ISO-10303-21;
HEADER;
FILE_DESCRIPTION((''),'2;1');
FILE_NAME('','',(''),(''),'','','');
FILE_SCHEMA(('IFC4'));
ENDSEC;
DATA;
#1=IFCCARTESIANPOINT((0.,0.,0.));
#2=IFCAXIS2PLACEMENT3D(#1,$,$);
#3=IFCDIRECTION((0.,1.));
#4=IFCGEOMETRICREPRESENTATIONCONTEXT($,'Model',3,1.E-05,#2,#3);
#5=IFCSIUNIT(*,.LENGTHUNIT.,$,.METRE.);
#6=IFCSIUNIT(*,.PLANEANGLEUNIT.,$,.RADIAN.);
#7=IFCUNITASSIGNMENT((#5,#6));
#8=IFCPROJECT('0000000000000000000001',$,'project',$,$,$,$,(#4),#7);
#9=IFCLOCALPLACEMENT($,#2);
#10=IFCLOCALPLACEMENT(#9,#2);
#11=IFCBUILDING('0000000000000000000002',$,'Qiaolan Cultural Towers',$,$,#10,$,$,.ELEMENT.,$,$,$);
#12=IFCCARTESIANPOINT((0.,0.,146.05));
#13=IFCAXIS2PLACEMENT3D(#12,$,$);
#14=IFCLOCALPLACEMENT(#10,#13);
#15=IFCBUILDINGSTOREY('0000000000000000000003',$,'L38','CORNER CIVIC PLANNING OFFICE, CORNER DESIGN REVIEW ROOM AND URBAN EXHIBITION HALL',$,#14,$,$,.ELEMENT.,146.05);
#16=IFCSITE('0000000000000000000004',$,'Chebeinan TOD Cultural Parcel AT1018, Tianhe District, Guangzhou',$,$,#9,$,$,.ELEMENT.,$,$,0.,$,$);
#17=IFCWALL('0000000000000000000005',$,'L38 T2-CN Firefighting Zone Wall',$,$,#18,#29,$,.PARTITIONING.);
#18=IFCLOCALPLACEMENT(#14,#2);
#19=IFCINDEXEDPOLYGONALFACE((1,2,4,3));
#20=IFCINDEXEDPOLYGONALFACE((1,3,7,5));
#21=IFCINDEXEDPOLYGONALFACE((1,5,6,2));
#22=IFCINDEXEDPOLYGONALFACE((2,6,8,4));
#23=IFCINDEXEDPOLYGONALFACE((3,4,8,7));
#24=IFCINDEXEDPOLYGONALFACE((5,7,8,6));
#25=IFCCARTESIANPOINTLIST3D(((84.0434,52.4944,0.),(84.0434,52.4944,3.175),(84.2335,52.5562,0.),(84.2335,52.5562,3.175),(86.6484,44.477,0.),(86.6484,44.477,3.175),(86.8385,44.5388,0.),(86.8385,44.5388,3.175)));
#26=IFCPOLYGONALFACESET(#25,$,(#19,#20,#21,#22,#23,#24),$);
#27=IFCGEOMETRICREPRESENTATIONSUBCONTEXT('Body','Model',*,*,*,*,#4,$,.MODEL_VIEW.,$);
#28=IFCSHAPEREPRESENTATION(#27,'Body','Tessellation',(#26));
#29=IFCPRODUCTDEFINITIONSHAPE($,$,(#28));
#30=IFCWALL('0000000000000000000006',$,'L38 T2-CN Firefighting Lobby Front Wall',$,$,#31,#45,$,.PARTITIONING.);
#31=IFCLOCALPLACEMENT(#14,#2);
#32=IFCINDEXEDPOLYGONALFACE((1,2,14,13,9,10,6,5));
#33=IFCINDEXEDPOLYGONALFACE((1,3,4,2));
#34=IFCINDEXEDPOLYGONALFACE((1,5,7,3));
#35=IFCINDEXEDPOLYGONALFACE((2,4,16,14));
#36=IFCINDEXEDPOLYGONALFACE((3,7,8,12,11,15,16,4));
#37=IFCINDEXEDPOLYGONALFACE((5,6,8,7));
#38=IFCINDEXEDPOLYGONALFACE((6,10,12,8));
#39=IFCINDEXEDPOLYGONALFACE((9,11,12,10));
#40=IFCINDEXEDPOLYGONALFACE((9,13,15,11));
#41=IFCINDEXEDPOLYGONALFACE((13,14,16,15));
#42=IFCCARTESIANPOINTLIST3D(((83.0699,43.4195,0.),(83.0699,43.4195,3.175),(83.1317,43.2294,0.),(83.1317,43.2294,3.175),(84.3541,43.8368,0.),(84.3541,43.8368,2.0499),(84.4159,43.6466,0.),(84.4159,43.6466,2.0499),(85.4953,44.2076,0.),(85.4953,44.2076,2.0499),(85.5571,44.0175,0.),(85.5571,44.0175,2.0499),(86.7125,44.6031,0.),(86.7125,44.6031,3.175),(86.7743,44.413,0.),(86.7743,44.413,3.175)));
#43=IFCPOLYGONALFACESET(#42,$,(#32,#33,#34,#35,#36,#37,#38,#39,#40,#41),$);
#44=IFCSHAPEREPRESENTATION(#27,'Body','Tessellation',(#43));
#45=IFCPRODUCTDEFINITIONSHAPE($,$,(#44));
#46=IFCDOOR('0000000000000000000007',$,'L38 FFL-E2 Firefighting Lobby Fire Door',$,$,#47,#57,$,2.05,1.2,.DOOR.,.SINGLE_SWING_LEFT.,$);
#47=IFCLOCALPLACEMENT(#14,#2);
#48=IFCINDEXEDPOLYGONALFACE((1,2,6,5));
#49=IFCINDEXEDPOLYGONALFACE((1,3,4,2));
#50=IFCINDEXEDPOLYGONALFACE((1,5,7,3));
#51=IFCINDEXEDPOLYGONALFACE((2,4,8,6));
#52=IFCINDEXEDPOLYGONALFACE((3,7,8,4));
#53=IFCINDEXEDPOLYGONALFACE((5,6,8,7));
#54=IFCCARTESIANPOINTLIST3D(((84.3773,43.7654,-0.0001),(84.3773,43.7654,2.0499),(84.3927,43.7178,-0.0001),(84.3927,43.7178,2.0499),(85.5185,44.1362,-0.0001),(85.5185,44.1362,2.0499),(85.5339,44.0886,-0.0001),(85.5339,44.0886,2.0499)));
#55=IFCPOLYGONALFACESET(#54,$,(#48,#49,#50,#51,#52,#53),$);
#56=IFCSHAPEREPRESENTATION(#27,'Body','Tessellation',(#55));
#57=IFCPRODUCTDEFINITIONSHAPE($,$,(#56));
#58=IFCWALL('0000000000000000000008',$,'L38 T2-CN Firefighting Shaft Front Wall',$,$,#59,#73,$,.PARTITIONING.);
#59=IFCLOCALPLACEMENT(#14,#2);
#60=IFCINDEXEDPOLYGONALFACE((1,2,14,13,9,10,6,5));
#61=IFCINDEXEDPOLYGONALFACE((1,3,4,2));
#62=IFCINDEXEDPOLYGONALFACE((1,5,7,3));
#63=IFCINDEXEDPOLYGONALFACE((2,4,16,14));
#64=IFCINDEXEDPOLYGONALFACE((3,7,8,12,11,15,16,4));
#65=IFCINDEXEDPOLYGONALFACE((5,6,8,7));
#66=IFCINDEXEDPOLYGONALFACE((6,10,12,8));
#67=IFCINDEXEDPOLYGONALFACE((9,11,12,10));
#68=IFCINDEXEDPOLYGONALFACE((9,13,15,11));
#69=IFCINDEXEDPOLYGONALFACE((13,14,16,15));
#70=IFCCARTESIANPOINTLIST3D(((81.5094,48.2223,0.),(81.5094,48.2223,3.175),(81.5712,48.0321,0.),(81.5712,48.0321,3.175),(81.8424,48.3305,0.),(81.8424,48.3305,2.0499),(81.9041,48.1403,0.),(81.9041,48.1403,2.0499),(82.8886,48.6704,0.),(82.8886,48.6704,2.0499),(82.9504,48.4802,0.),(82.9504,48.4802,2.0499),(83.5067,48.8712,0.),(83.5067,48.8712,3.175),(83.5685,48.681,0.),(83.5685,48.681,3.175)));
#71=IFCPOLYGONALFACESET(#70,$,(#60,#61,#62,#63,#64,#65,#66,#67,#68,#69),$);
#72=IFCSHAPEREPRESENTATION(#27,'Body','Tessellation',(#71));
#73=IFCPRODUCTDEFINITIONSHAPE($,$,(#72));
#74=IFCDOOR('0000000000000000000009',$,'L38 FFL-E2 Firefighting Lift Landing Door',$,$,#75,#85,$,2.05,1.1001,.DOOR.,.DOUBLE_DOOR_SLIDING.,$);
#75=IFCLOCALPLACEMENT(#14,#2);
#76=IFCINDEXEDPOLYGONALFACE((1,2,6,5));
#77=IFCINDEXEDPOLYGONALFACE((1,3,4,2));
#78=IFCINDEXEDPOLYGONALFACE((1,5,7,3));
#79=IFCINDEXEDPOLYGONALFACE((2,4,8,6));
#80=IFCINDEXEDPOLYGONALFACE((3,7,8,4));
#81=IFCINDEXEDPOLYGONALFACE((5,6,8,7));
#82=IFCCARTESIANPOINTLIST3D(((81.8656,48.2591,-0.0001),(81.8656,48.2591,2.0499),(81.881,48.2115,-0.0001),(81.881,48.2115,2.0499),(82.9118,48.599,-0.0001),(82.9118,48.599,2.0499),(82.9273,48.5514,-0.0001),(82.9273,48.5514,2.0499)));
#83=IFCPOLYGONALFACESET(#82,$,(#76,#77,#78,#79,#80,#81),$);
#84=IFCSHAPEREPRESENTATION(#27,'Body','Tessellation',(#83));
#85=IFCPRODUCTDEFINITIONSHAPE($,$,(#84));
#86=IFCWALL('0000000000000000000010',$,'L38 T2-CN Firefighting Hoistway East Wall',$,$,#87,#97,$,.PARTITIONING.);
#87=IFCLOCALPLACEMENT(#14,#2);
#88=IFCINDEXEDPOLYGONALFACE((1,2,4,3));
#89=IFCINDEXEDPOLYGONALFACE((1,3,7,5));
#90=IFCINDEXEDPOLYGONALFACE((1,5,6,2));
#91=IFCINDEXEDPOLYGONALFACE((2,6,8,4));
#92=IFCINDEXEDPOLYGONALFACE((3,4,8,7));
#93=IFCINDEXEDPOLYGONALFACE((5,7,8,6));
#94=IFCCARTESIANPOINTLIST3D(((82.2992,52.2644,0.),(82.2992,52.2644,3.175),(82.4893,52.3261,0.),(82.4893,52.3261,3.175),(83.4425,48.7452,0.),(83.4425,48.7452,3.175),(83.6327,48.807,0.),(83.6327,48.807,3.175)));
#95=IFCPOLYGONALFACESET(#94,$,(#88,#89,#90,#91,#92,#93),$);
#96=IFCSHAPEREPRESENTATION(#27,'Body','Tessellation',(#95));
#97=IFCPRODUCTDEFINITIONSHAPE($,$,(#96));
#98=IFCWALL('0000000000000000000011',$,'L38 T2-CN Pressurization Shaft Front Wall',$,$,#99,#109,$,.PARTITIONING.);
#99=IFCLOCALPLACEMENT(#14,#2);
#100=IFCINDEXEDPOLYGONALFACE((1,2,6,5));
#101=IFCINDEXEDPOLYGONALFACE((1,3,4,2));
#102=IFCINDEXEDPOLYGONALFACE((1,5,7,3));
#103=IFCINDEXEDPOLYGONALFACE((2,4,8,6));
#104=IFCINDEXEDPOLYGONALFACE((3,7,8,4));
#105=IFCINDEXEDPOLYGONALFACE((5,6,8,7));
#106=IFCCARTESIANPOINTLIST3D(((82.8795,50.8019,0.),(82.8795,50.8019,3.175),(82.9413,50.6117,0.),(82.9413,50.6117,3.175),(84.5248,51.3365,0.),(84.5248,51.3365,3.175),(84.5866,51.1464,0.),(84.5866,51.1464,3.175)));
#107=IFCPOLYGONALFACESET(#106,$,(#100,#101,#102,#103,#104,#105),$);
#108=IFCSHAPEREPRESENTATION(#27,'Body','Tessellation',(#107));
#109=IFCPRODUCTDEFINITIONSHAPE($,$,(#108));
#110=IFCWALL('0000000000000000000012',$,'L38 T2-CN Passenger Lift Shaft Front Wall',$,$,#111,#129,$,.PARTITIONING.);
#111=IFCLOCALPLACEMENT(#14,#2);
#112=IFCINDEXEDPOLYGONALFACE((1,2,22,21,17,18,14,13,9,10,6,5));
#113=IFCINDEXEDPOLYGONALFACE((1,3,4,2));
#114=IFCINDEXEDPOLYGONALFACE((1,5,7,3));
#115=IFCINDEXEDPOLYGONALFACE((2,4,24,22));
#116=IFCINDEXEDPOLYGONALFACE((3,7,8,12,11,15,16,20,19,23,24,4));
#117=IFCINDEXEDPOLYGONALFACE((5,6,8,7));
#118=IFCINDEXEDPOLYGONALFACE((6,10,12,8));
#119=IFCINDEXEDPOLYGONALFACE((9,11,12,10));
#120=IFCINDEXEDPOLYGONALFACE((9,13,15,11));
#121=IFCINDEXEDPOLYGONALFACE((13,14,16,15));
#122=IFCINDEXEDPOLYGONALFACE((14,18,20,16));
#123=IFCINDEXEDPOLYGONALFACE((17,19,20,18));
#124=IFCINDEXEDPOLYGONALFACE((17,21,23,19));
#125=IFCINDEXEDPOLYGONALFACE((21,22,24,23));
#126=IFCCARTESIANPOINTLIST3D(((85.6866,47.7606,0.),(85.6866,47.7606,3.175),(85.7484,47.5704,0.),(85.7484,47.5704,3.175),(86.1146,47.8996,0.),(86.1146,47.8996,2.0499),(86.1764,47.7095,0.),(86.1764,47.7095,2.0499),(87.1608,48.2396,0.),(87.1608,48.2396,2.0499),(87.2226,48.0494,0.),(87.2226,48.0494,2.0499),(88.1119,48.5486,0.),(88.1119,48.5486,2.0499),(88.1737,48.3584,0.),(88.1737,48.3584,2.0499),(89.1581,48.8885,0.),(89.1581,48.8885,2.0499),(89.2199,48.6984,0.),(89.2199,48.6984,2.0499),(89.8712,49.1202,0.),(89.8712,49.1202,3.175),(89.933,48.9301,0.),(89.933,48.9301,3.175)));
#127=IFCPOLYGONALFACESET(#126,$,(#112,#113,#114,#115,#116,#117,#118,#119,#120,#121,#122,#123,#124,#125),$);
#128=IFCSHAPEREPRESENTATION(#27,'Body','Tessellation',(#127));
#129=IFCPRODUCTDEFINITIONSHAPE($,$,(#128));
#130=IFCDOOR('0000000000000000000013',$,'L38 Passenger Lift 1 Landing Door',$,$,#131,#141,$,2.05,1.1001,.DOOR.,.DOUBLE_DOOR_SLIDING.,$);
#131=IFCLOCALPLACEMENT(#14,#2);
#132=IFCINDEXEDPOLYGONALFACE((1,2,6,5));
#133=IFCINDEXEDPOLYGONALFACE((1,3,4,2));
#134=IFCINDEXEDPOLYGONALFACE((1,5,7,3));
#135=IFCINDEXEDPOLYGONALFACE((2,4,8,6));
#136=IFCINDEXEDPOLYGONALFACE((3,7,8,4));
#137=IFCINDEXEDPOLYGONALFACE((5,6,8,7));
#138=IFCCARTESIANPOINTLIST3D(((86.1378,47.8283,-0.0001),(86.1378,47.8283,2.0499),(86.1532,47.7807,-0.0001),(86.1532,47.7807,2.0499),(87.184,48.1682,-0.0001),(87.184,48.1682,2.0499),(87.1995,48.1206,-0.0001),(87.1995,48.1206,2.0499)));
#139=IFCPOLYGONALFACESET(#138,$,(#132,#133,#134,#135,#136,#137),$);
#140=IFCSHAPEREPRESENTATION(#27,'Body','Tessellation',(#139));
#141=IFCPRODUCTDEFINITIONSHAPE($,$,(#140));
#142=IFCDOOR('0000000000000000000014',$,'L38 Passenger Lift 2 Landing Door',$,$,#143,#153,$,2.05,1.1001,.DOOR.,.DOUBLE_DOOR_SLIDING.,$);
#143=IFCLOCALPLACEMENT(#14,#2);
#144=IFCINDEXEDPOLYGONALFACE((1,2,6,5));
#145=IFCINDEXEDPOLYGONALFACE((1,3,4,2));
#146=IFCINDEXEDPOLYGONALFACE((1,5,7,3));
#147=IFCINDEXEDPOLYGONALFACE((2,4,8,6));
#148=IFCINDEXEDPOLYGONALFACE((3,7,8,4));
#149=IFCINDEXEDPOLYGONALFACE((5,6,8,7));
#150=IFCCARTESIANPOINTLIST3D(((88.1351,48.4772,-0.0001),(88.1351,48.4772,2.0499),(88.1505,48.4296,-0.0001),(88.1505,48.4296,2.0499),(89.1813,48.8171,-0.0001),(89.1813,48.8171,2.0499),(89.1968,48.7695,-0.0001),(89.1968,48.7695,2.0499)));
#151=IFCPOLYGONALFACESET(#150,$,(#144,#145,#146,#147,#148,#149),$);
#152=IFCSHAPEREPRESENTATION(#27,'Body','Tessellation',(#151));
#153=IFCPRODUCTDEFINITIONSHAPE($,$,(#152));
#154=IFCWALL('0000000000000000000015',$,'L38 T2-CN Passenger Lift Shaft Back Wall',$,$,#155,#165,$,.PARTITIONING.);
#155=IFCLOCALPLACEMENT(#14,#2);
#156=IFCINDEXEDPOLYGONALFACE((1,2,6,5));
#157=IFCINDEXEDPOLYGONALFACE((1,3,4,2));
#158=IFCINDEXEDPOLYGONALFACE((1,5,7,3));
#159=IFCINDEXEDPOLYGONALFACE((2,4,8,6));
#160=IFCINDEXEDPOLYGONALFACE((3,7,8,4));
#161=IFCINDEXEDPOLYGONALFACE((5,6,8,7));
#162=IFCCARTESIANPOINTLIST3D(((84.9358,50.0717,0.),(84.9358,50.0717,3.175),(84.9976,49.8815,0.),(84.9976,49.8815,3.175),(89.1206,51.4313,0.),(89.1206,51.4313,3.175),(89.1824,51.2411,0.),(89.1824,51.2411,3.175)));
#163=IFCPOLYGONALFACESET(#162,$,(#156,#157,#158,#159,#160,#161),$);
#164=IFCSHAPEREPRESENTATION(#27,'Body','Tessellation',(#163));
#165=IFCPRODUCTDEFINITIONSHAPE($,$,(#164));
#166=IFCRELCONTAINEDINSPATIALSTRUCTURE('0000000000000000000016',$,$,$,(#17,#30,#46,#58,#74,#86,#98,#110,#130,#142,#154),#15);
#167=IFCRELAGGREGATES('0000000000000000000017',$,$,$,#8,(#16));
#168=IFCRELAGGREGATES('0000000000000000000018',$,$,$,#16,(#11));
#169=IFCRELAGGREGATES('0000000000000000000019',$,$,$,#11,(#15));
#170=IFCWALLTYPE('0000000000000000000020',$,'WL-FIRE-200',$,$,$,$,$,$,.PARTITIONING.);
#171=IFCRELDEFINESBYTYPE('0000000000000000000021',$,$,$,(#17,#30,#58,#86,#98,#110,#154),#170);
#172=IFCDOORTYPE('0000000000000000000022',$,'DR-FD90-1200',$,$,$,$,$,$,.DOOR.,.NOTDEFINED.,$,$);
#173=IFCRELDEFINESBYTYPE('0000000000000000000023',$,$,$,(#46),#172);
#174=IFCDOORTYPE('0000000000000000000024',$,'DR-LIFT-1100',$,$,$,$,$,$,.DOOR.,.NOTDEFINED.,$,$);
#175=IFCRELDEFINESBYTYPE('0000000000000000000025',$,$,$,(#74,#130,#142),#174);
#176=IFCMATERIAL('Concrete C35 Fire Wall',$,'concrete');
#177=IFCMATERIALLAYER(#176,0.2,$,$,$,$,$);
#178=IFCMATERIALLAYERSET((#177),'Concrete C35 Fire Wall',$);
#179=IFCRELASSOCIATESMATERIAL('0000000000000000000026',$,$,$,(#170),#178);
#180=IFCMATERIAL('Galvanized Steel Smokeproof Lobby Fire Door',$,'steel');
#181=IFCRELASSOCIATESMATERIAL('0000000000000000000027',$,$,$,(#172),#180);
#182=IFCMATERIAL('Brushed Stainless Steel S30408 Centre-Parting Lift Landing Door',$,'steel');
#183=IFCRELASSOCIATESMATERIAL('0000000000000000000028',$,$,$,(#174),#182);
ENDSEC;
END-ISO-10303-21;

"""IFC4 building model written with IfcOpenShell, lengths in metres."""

from ifc_helpers import new_model, si_unit, direction, frame, frame_2d, origin, place, context, subcontext, project, spatial, rectangle, extrude, material, layer, layer_set, type_object, element, fill, save


model = new_model("IFC4")

# Units and contexts
model_context = context("Model", 3, precision=1e-05, world=origin(), true_north=direction((0.0, 1.0)))
body_context = subcontext(model_context, "Body", "Model", "MODEL_VIEW")
ifc_project = project(units=[si_unit("LENGTHUNIT", "METRE"), si_unit("PLANEANGLEUNIT", "RADIAN")], contexts=[model_context])

# Site, building, storey
site_placement = place(None, origin())
site = spatial("IfcSite", under=ifc_project, at=site_placement, Name="Chebeinan TOD Cultural Parcel AT1018, Tianhe District, Guangzhou", CompositionType="ELEMENT", RefElevation=0.0)
building_placement = place(site_placement, origin())
building = spatial("IfcBuilding", under=site, at=building_placement, Name="Qiaolan Cultural Towers", CompositionType="ELEMENT")
storey_placement = place(building_placement, frame((0.0, 0.0, 146.05)))
storey = spatial("IfcBuildingStorey", under=building, at=storey_placement, Name="L38", Description="CORNER CIVIC PLANNING OFFICE, CORNER DESIGN REVIEW ROOM AND URBAN EXHIBITION HALL", CompositionType="ELEMENT", Elevation=146.05)

# Shared definitions
ifc_material_1 = material(Name="Concrete C35 Fire Wall", Category="concrete")
ifc_layer_1 = layer(ifc_material_1, 0.2)
ifc_layer_set_1 = layer_set([ifc_layer_1], Name="Concrete C35 Fire Wall")
wall_type_1 = type_object("IfcWallType", Name="WL-FIRE-200", PredefinedType="PARTITIONING", material=ifc_layer_set_1)

# Wall
wall_1_placement = place(storey_placement, frame((86.7434, 44.5081, 0.0), z_axis=(0.0, 0.0, 1.0), x_axis=(-0.309016, 0.951057, 0.0)))
element("IfcWall", 1, at=wall_1_placement, inside=storey, type_object=wall_type_1, Name="L38 T2-CN Firefighting Zone Wall", PredefinedType="PARTITIONING", context=body_context, shape_type="SweptSolid", body=[
    extrude(rectangle(XDim=8.4299, YDim=0.2, at=frame_2d((4.2148, 0.0))), origin(), (0.0, 0.0, 1.0), 3.175),
])

# Walls, openings, doors
wall_2_placement = place(storey_placement, frame((83.1008, 43.3245, 0.0), z_axis=(0.0, 0.0, 1.0), x_axis=(0.951053, 0.309028, 0.0)))
wall_2 = element("IfcWall", 2, at=wall_2_placement, inside=storey, type_object=wall_type_1, Name="L38 T2-CN Firefighting Lobby Front Wall", PredefinedType="PARTITIONING", context=body_context, shape_type="SweptSolid", body=[
    extrude(rectangle(XDim=3.8301, YDim=0.2, at=frame_2d((1.915, 0.0))), origin(), (0.0, 0.0, 1.0), 3.175),
])
opening_1_placement = place(wall_2_placement, frame((1.3501, 0.0, 0.0)))
opening_1 = element("IfcOpeningElement", 3, at=opening_1_placement, cuts=wall_2, PredefinedType="OPENING", context=body_context, shape_type="SweptSolid", body=[
    extrude(rectangle(XDim=1.2, YDim=2.05, at=frame_2d((0.6001, 1.0249))), frame((0.0, 0.1099, 0.0), z_axis=(0.0, -1.0, 0.0), x_axis=(1.0, 0.0, 0.0)), (0.0, 0.0, 1.0), 0.22),
])
ifc_material_2 = material(Name="Galvanized Steel Smokeproof Lobby Fire Door", Category="steel")
door_type_1 = type_object("IfcDoorType", Name="DR-FD90-1200", OperationType="NOTDEFINED", PredefinedType="DOOR", material=ifc_material_2)
door_1_placement = place(opening_1_placement, origin())
door_1 = element("IfcDoor", 4, at=door_1_placement, inside=storey, type_object=door_type_1, Name="L38 FFL-E2 Firefighting Lobby Fire Door", OperationType="SINGLE_SWING_LEFT", OverallHeight=2.05, OverallWidth=1.2, PredefinedType="DOOR", context=body_context, shape_type="SweptSolid", body=[
    extrude(rectangle(XDim=1.2, YDim=2.05, at=frame_2d((0.6001, 1.0249))), frame((0.0, 0.0249, 0.0), z_axis=(0.0, -1.0, 0.0), x_axis=(1.0, 0.0, 0.0)), (0.0, 0.0, 1.0), 0.05),
])
fill(opening_1, door_1)
wall_3_placement = place(storey_placement, frame((81.5403, 48.1272, 0.0), z_axis=(0.0, 0.0, 1.0), x_axis=(0.951062, 0.308999, 0.0)))
wall_3 = element("IfcWall", 5, at=wall_3_placement, inside=storey, type_object=wall_type_1, Name="L38 T2-CN Firefighting Shaft Front Wall", PredefinedType="PARTITIONING", context=body_context, shape_type="SweptSolid", body=[
    extrude(rectangle(XDim=2.1001, YDim=0.2, at=frame_2d((1.05, 0.0))), origin(), (0.0, 0.0, 1.0), 3.175),
])
opening_2_placement = place(wall_3_placement, frame((0.3501, 0.0, 0.0)))
opening_2 = element("IfcOpeningElement", 6, at=opening_2_placement, cuts=wall_3, PredefinedType="OPENING", context=body_context, shape_type="SweptSolid", body=[
    extrude(rectangle(XDim=1.1001, YDim=2.05, at=frame_2d((0.55, 1.0249))), frame((0.0, 0.1099, 0.0), z_axis=(0.0, -1.0, 0.0), x_axis=(1.0, 0.0, 0.0)), (0.0, 0.0, 1.0), 0.22),
])
ifc_material_3 = material(Name="Brushed Stainless Steel S30408 Centre-Parting Lift Landing Door", Category="steel")
door_type_2 = type_object("IfcDoorType", Name="DR-LIFT-1100", OperationType="NOTDEFINED", PredefinedType="DOOR", material=ifc_material_3)
door_2_placement = place(opening_2_placement, origin())
door_2 = element("IfcDoor", 7, at=door_2_placement, inside=storey, type_object=door_type_2, Name="L38 FFL-E2 Firefighting Lift Landing Door", OperationType="DOUBLE_DOOR_SLIDING", OverallHeight=2.05, OverallWidth=1.1001, PredefinedType="DOOR", context=body_context, shape_type="SweptSolid", body=[
    extrude(rectangle(XDim=1.1001, YDim=2.05, at=frame_2d((0.55, 1.0249))), frame((0.0, 0.0249, 0.0), z_axis=(0.0, -1.0, 0.0), x_axis=(1.0, 0.0, 0.0)), (0.0, 0.0, 1.0), 0.05),
])
fill(opening_2, door_2)

# Walls
wall_4_placement = place(storey_placement, frame((83.5376, 48.7761, 0.0), z_axis=(0.0, 0.0, 1.0), x_axis=(-0.308994, 0.951064, 0.0)))
element("IfcWall", 8, at=wall_4_placement, inside=storey, type_object=wall_type_1, Name="L38 T2-CN Firefighting Hoistway East Wall", PredefinedType="PARTITIONING", context=body_context, shape_type="SweptSolid", body=[
    extrude(rectangle(XDim=3.7002, YDim=0.2, at=frame_2d((1.8501, 0.0))), origin(), (0.0, 0.0, 1.0), 3.175),
])
wall_5_placement = place(storey_placement, frame((82.9104, 50.7068, 0.0), z_axis=(0.0, 0.0, 1.0), x_axis=(0.951041, 0.309064, 0.0)))
element("IfcWall", 9, at=wall_5_placement, inside=storey, type_object=wall_type_1, Name="L38 T2-CN Pressurization Shaft Front Wall", PredefinedType="PARTITIONING", context=body_context, shape_type="SweptSolid", body=[
    extrude(rectangle(XDim=1.73, YDim=0.2, at=frame_2d((0.865, 0.0))), origin(), (0.0, 0.0, 1.0), 3.175),
])

# Wall, openings, doors
wall_6_placement = place(storey_placement, frame((85.7175, 47.6655, 0.0), z_axis=(0.0, 0.0, 1.0), x_axis=(0.951059, 0.309011, 0.0)))
wall_6 = element("IfcWall", 10, at=wall_6_placement, inside=storey, type_object=wall_type_1, Name="L38 T2-CN Passenger Lift Shaft Front Wall", PredefinedType="PARTITIONING", context=body_context, shape_type="SweptSolid", body=[
    extrude(rectangle(XDim=4.3999, YDim=0.2, at=frame_2d((2.2, 0.0))), origin(), (0.0, 0.0, 1.0), 3.175),
])
opening_3_placement = place(wall_6_placement, frame((0.45, 0.0, 0.0)))
opening_3 = element("IfcOpeningElement", 11, at=opening_3_placement, cuts=wall_6, PredefinedType="OPENING", context=body_context, shape_type="SweptSolid", body=[
    extrude(rectangle(XDim=1.1001, YDim=2.05, at=frame_2d((0.55, 1.0249))), frame((0.0, 0.1099, 0.0), z_axis=(0.0, -1.0, 0.0), x_axis=(1.0, 0.0, 0.0)), (0.0, 0.0, 1.0), 0.22),
])
opening_4_placement = place(wall_6_placement, frame((2.55, 0.0, 0.0)))
opening_4 = element("IfcOpeningElement", 12, at=opening_4_placement, cuts=wall_6, PredefinedType="OPENING", context=body_context, shape_type="SweptSolid", body=[
    extrude(rectangle(XDim=1.1001, YDim=2.05, at=frame_2d((0.55, 1.0249))), frame((0.0, 0.1099, 0.0), z_axis=(0.0, -1.0, 0.0), x_axis=(1.0, 0.0, 0.0)), (0.0, 0.0, 1.0), 0.22),
])
door_3_placement = place(opening_3_placement, origin())
door_3 = element("IfcDoor", 13, at=door_3_placement, inside=storey, type_object=door_type_2, Name="L38 Passenger Lift 1 Landing Door", OperationType="DOUBLE_DOOR_SLIDING", OverallHeight=2.05, OverallWidth=1.1001, PredefinedType="DOOR", context=body_context, shape_type="SweptSolid", body=[
    extrude(rectangle(XDim=1.1001, YDim=2.05, at=frame_2d((0.55, 1.0249))), frame((0.0, 0.0249, 0.0), z_axis=(0.0, -1.0, 0.0), x_axis=(1.0, 0.0, 0.0)), (0.0, 0.0, 1.0), 0.05),
])
fill(opening_3, door_3)
door_4_placement = place(opening_4_placement, origin())
door_4 = element("IfcDoor", 14, at=door_4_placement, inside=storey, type_object=door_type_2, Name="L38 Passenger Lift 2 Landing Door", OperationType="DOUBLE_DOOR_SLIDING", OverallHeight=2.05, OverallWidth=1.1001, PredefinedType="DOOR", context=body_context, shape_type="SweptSolid", body=[
    extrude(rectangle(XDim=1.1001, YDim=2.05, at=frame_2d((0.55, 1.0249))), frame((0.0, 0.0249, 0.0), z_axis=(0.0, -1.0, 0.0), x_axis=(1.0, 0.0, 0.0)), (0.0, 0.0, 1.0), 0.05),
])
fill(opening_4, door_4)

# Wall
wall_7_placement = place(storey_placement, frame((84.9666, 49.9766, 0.0), z_axis=(0.0, 0.0, 1.0), x_axis=(0.951064, 0.308994, 0.0)))
element("IfcWall", 15, at=wall_7_placement, inside=storey, type_object=wall_type_1, Name="L38 T2-CN Passenger Lift Shaft Back Wall", PredefinedType="PARTITIONING", context=body_context, shape_type="SweptSolid", body=[
    extrude(rectangle(XDim=4.4001, YDim=0.2, at=frame_2d((2.2002, 0.0))), origin(), (0.0, 0.0, 1.0), 3.175),
])

save(model, "model.ifc")
